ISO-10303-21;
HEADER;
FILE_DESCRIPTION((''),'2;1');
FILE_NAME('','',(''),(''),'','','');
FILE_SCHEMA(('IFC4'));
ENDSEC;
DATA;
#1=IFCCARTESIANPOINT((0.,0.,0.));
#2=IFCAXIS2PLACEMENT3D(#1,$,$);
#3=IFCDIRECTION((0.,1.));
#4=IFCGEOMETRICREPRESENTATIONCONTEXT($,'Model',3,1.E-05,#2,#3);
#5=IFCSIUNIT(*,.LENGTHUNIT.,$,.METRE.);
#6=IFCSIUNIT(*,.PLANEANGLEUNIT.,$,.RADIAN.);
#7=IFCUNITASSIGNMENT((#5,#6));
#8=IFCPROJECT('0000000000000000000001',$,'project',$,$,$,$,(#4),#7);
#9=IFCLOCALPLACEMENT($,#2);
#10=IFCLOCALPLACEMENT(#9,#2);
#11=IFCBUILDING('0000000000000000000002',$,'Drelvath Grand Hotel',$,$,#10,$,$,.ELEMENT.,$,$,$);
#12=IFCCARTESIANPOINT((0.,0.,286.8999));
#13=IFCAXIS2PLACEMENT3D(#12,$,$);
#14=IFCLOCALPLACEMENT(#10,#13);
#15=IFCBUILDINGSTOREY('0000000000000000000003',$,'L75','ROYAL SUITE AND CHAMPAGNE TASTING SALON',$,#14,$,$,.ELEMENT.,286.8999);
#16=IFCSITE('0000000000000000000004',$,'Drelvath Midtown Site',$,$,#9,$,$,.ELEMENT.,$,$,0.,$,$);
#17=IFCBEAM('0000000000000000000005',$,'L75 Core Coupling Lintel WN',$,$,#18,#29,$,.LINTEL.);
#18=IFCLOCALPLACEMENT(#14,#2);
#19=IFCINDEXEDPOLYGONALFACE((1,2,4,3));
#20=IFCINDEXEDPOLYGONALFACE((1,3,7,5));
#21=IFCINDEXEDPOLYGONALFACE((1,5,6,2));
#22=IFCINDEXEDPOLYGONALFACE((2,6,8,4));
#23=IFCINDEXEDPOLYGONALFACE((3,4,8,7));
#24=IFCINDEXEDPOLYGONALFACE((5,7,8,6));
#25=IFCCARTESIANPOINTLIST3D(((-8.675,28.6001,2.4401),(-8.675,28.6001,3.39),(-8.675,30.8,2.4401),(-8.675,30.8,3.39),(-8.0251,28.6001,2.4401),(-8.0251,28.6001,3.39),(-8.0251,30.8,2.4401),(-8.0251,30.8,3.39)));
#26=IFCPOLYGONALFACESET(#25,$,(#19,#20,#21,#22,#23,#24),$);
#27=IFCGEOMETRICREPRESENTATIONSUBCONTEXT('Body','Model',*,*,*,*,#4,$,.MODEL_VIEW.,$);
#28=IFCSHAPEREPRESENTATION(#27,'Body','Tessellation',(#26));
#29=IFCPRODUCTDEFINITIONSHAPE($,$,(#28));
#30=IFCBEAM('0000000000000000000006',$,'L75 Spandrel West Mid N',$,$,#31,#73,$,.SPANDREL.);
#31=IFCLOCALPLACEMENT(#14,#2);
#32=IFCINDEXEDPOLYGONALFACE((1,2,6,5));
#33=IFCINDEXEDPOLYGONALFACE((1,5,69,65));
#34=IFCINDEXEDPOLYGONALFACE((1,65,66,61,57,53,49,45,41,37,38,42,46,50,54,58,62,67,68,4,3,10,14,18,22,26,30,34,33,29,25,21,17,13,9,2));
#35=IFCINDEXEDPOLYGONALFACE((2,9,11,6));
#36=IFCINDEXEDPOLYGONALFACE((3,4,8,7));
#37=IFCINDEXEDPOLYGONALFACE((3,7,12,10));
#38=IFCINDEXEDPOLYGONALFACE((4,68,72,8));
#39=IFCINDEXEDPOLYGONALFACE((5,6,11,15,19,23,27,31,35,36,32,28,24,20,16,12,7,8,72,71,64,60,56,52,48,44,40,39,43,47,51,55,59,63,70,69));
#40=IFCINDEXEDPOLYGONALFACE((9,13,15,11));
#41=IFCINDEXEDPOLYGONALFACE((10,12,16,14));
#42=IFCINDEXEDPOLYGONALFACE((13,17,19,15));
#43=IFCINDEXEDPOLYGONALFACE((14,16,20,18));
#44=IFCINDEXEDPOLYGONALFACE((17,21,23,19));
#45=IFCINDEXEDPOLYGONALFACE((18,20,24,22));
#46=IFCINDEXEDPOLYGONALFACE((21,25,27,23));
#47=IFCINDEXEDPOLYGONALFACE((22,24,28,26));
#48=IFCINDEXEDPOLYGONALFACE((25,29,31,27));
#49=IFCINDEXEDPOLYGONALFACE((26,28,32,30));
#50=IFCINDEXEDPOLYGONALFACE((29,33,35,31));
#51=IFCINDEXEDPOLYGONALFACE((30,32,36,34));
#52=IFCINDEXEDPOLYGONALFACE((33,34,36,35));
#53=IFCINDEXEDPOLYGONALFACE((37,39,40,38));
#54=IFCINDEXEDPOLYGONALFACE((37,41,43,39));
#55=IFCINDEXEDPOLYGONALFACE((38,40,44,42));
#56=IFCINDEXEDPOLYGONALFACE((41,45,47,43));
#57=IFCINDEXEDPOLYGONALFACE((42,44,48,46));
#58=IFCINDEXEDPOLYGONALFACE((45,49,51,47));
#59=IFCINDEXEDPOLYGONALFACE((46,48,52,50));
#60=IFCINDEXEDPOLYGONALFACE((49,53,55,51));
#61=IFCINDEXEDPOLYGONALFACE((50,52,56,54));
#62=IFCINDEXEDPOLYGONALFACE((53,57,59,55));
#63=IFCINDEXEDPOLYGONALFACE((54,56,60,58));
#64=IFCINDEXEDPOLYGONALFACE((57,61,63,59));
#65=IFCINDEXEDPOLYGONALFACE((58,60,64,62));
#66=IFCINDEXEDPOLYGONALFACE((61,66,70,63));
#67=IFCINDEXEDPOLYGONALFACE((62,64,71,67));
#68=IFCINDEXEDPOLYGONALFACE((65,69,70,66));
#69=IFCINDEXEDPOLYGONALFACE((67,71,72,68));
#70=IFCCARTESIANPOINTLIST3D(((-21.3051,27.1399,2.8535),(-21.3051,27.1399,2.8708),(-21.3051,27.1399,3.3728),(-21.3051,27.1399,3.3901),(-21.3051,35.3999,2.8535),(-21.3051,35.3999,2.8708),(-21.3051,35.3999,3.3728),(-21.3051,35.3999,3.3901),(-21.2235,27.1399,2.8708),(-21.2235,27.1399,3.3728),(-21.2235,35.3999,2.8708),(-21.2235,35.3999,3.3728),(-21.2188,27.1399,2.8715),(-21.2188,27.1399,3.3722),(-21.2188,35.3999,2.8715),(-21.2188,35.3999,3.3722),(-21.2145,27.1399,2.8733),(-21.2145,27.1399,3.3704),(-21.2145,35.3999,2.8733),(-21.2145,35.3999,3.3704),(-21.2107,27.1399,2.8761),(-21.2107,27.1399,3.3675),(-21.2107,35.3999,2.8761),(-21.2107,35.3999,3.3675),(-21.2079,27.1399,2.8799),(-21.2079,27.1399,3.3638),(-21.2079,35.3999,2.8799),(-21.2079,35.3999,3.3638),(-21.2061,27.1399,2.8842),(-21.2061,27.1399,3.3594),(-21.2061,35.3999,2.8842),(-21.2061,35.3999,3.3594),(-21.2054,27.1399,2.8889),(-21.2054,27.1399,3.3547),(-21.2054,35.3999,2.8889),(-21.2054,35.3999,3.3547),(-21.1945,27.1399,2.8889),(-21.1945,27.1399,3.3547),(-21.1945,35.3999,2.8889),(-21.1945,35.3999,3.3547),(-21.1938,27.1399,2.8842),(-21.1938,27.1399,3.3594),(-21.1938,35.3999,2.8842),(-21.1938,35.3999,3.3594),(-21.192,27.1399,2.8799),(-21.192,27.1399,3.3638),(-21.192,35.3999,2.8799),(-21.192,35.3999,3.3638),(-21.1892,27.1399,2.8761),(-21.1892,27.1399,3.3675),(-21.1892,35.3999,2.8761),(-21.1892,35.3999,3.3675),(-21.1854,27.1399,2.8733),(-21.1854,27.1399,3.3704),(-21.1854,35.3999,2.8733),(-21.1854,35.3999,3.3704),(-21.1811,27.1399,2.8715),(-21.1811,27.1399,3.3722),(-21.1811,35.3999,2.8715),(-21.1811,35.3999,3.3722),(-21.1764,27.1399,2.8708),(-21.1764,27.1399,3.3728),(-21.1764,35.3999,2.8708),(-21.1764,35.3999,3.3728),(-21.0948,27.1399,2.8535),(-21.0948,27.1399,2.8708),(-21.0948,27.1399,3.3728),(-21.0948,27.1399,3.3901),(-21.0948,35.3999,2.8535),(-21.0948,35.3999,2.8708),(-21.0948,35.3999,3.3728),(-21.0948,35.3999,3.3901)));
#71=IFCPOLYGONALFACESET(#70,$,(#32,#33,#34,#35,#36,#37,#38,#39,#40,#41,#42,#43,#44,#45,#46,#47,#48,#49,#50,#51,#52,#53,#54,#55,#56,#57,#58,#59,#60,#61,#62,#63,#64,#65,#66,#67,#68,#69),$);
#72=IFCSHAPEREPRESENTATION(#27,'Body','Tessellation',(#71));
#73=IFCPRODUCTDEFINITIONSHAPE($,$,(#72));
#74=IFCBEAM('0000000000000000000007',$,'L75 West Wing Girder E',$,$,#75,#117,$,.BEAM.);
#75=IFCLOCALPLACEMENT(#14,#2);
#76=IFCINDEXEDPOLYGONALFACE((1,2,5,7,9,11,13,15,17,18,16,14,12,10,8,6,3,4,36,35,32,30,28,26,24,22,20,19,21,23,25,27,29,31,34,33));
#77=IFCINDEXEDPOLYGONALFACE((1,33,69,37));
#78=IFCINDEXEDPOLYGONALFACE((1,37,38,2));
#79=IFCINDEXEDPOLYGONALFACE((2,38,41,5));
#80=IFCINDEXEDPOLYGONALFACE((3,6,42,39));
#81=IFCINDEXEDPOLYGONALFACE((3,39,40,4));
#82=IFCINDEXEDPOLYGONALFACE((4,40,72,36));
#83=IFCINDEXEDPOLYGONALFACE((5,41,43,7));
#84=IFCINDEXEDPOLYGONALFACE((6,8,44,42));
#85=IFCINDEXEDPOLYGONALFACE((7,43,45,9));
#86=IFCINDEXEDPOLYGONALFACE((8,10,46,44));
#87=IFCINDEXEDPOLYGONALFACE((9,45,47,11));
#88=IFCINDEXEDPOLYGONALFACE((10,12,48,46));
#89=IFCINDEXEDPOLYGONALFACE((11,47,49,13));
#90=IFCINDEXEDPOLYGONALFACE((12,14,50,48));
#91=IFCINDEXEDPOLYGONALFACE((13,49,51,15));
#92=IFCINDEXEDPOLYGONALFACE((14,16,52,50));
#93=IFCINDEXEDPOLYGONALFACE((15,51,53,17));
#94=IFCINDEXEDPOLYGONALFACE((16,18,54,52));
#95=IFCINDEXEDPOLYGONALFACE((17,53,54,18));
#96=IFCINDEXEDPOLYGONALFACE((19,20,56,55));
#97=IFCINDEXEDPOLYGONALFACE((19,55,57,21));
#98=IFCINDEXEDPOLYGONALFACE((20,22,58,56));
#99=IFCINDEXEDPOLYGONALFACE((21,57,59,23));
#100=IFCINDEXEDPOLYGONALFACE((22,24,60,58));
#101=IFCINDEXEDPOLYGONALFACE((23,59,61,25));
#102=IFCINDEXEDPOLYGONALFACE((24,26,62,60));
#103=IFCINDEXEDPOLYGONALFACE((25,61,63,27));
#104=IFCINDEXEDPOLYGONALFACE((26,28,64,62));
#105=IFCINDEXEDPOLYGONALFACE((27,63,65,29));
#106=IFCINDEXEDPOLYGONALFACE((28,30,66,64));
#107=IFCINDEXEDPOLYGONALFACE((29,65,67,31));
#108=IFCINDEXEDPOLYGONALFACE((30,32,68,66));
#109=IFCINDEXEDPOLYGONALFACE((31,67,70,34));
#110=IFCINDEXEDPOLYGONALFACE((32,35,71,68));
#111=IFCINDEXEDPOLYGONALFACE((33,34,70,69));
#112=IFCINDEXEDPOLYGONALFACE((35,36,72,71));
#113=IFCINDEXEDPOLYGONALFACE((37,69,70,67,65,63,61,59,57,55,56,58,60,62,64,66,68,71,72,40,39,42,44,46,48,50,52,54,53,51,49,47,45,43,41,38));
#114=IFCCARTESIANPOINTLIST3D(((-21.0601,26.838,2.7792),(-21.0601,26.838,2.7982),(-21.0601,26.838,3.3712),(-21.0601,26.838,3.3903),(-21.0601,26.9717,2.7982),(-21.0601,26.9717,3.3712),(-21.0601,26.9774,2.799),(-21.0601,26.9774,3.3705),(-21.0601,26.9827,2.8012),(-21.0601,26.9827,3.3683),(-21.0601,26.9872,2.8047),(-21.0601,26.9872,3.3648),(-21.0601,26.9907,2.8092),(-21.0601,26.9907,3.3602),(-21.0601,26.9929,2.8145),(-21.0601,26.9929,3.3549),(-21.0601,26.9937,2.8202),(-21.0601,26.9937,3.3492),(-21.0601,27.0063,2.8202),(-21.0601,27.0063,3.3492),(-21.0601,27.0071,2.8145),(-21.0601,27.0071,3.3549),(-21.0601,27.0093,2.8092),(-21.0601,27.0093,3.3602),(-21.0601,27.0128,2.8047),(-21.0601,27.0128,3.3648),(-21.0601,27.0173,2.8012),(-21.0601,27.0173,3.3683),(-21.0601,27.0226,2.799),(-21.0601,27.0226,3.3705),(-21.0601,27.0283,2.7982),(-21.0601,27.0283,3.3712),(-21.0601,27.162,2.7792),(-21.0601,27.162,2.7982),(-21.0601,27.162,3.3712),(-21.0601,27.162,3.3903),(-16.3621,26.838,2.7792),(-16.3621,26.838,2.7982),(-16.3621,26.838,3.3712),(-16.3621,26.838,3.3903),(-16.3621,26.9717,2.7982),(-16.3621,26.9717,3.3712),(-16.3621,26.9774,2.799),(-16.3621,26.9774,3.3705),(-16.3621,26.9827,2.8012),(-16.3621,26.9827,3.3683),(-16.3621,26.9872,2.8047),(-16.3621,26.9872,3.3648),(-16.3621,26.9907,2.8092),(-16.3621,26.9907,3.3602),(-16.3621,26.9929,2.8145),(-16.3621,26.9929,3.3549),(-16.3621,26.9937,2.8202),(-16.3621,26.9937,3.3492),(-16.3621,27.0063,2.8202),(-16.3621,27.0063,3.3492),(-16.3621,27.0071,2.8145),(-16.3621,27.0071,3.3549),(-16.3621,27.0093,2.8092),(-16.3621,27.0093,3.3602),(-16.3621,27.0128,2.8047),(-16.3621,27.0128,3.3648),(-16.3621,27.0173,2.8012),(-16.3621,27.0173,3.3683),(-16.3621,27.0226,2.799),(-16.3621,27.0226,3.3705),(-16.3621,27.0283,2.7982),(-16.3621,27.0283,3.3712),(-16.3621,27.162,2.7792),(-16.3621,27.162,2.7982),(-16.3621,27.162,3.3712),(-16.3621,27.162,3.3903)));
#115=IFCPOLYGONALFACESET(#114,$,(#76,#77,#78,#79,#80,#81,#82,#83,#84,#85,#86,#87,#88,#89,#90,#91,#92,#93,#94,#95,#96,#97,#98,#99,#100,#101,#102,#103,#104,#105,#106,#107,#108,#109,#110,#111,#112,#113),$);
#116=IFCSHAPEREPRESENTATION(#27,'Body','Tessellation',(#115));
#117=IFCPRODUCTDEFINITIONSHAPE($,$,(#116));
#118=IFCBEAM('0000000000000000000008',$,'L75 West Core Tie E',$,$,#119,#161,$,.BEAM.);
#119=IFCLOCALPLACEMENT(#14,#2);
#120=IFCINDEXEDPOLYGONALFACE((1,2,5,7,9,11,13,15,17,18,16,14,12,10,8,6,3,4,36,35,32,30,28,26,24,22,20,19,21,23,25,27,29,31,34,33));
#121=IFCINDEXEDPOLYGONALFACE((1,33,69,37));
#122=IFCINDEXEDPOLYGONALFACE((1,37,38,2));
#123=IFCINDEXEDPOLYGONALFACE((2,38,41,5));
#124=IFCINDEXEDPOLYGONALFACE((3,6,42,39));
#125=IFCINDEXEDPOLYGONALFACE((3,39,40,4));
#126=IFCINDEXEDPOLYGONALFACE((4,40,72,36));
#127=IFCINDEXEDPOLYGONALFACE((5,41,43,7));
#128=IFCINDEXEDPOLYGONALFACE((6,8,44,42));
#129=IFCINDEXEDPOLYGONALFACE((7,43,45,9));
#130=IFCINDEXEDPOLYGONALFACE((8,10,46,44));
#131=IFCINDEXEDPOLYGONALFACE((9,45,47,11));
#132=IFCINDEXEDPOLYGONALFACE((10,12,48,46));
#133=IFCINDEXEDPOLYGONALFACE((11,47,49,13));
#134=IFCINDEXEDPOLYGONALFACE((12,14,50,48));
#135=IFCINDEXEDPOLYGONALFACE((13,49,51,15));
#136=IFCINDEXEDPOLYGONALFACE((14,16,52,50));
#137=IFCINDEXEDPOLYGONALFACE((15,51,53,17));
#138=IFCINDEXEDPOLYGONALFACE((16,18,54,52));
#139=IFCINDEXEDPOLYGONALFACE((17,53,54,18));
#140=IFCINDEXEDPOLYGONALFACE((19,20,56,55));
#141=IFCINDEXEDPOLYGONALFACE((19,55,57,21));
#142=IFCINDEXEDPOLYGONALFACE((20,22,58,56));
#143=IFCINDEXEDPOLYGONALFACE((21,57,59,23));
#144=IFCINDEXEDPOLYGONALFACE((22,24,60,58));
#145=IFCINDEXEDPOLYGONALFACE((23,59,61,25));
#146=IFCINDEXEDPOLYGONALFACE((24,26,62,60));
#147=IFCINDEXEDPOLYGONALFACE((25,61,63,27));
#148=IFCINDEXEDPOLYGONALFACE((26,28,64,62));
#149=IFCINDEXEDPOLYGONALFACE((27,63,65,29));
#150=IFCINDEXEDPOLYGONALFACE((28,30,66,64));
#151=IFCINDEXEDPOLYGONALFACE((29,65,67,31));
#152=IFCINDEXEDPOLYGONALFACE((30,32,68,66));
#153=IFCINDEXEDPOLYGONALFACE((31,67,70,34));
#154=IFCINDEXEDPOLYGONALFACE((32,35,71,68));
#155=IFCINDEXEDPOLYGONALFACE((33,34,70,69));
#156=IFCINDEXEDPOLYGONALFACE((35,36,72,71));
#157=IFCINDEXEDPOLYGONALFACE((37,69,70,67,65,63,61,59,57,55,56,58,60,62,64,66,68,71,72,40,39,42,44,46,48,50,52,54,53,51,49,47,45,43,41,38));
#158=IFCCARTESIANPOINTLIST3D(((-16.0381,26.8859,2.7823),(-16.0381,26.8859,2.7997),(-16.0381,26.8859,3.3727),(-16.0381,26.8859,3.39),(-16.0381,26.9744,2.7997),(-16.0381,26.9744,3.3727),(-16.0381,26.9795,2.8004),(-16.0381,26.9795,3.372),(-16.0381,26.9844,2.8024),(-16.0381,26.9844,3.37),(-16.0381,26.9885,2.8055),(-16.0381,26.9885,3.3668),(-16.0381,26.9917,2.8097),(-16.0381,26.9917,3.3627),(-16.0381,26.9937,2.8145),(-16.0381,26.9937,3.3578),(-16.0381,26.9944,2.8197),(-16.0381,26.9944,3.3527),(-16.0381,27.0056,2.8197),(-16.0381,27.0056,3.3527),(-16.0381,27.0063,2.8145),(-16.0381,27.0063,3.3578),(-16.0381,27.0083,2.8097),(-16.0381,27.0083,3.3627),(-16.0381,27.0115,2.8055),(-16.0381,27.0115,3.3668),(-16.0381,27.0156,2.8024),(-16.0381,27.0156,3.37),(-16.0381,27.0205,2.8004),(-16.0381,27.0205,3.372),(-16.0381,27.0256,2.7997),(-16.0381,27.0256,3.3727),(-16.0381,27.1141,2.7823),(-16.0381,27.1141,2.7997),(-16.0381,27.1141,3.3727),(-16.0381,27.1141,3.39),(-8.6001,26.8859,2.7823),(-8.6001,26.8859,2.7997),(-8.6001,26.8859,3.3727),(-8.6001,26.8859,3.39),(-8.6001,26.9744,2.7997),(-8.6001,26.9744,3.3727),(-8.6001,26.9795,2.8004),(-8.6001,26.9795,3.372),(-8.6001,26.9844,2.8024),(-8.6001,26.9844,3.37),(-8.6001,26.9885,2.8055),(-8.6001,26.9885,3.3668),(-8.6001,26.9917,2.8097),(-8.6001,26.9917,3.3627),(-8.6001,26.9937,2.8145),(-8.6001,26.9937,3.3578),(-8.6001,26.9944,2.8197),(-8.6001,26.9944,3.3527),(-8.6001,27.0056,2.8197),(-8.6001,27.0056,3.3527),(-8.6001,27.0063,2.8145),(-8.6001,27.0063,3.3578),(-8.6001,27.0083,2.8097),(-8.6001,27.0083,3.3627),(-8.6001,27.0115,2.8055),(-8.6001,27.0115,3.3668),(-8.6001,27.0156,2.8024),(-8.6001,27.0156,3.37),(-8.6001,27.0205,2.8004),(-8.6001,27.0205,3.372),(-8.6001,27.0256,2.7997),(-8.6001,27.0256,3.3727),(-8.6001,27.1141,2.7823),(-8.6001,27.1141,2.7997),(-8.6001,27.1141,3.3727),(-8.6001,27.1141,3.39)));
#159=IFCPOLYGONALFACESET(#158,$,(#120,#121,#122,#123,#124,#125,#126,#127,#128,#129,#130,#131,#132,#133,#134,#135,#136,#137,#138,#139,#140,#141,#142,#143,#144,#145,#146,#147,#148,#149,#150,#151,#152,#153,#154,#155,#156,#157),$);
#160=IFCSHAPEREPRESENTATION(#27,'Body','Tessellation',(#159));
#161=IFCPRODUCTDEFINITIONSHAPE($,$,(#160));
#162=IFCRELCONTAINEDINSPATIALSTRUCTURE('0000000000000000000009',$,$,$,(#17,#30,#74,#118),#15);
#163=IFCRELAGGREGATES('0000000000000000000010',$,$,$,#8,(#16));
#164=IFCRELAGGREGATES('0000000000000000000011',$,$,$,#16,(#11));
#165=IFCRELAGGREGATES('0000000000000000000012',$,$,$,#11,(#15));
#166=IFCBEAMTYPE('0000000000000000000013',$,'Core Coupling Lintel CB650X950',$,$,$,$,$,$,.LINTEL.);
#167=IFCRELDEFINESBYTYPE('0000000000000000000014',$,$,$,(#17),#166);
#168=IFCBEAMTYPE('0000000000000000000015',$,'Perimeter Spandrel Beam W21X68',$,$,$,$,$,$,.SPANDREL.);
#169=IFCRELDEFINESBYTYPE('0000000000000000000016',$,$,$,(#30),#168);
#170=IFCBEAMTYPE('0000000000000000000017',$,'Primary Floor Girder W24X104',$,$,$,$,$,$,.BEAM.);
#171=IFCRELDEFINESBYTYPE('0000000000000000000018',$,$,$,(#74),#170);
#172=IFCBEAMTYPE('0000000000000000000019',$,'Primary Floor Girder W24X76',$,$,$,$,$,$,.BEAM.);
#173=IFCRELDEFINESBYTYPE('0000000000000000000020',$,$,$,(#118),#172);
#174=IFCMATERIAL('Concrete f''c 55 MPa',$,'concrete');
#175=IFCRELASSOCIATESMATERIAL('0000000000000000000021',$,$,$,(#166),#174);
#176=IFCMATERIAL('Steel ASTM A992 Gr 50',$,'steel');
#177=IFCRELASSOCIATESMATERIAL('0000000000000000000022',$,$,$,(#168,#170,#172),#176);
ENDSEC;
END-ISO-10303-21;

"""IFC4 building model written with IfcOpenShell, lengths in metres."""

from ifc_helpers import new_model, si_unit, direction, frame, origin, origin_2d, place, context, subcontext, project, spatial, rectangle, i_section, extrude, material, material_profile, profile_set, type_object, element, save


model = new_model("IFC4")

# Units and contexts
model_context = context("Model", 3, precision=1e-05, world=origin(), true_north=direction((0.0, 1.0)))
body_context = subcontext(model_context, "Body", "Model", "MODEL_VIEW")
ifc_project = project(units=[si_unit("LENGTHUNIT", "METRE"), si_unit("PLANEANGLEUNIT", "RADIAN")], contexts=[model_context])

# Site, building, storey
site_placement = place(None, origin())
site = spatial("IfcSite", under=ifc_project, at=site_placement, Name="Drelvath Midtown Site", CompositionType="ELEMENT", RefElevation=0.0)
building_placement = place(site_placement, origin())
building = spatial("IfcBuilding", under=site, at=building_placement, Name="Drelvath Grand Hotel", CompositionType="ELEMENT")
storey_placement = place(building_placement, frame((0.0, 0.0, 286.8999)))
storey = spatial("IfcBuildingStorey", under=building, at=storey_placement, Name="L75", Description="ROYAL SUITE AND CHAMPAGNE TASTING SALON", CompositionType="ELEMENT", Elevation=286.8999)

# Beams
ifc_material_1 = material(Name="Concrete f'c 55 MPa", Category="concrete")
ifc_material_profile_1 = material_profile(ifc_material_1, rectangle(XDim=0.6499, YDim=0.95, at=origin_2d()), Name="CB650X950")
ifc_profile_set_1 = profile_set([ifc_material_profile_1], Name="Concrete f'c 55 MPa")
beam_type_1 = type_object("IfcBeamType", Name="Core Coupling Lintel CB650X950", PredefinedType="LINTEL", material=ifc_profile_set_1)
beam_1_placement = place(storey_placement, frame((-8.3501, 28.6001, 2.915), z_axis=(0.0, 1.0, 0.0), x_axis=(-1.0, 0.0, 0.0)))
element("IfcBeam", 1, at=beam_1_placement, inside=storey, type_object=beam_type_1, Name="L75 Core Coupling Lintel WN", PredefinedType="LINTEL", context=body_context, shape_type="SweptSolid", body=[
    extrude(rectangle(XDim=0.6499, YDim=0.95, at=origin_2d()), origin(), (0.0, 0.0, 1.0), 2.2),
])
ifc_material_2 = material(Name="Steel ASTM A992 Gr 50", Category="steel")
ifc_material_profile_2 = material_profile(ifc_material_2, i_section(OverallWidth=0.2102, OverallDepth=0.5366, WebThickness=0.011, FlangeThickness=0.0173, FilletRadius=0.0181, at=origin_2d()), Name="W21X68")
ifc_profile_set_2 = profile_set([ifc_material_profile_2], Name="Steel ASTM A992 Gr 50")
beam_type_2 = type_object("IfcBeamType", Name="Perimeter Spandrel Beam W21X68", PredefinedType="SPANDREL", material=ifc_profile_set_2)
beam_2_placement = place(storey_placement, frame((-21.2, 27.1399, 3.1218), z_axis=(0.0, 1.0, 0.0), x_axis=(-1.0, 0.0, 0.0)))
element("IfcBeam", 2, at=beam_2_placement, inside=storey, type_object=beam_type_2, Name="L75 Spandrel West Mid N", PredefinedType="SPANDREL", context=body_context, shape_type="SweptSolid", body=[
    extrude(i_section(OverallWidth=0.2102, OverallDepth=0.5366, WebThickness=0.011, FlangeThickness=0.0173, FilletRadius=0.0181, at=origin_2d()), origin(), (0.0, 0.0, 1.0), 8.26),
])
ifc_material_profile_3 = material_profile(ifc_material_2, i_section(OverallWidth=0.324, OverallDepth=0.6111, WebThickness=0.0127, FlangeThickness=0.019, FilletRadius=0.022, at=origin_2d()), Name="W24X104")
ifc_profile_set_3 = profile_set([ifc_material_profile_3], Name="Steel ASTM A992 Gr 50")
beam_type_3 = type_object("IfcBeamType", Name="Primary Floor Girder W24X104", PredefinedType="BEAM", material=ifc_profile_set_3)
beam_3_placement = place(storey_placement, frame((-21.0601, 27.0, 3.0847), z_axis=(1.0, 0.0, 0.0), x_axis=(0.0, 1.0, 0.0)))
element("IfcBeam", 3, at=beam_3_placement, inside=storey, type_object=beam_type_3, Name="L75 West Wing Girder E", PredefinedType="BEAM", context=body_context, shape_type="SweptSolid", body=[
    extrude(i_section(OverallWidth=0.324, OverallDepth=0.6111, WebThickness=0.0127, FlangeThickness=0.019, FilletRadius=0.022, at=origin_2d()), origin(), (0.0, 0.0, 1.0), 4.698),
])
ifc_material_profile_4 = material_profile(ifc_material_2, i_section(OverallWidth=0.2283, OverallDepth=0.6077, WebThickness=0.0112, FlangeThickness=0.0173, FilletRadius=0.02, at=origin_2d()), Name="W24X76")
ifc_profile_set_4 = profile_set([ifc_material_profile_4], Name="Steel ASTM A992 Gr 50")
beam_type_4 = type_object("IfcBeamType", Name="Primary Floor Girder W24X76", PredefinedType="BEAM", material=ifc_profile_set_4)
for number, where, z_axis, x_axis, name in (
    (4, (-16.0381, 27.0, 3.0862), (1.0, 0.0, 0.0), (0.0, 1.0, 0.0), "L75 West Core Tie E"),
):
    element("IfcBeam", number, at=place(storey_placement, frame(where, z_axis=z_axis, x_axis=x_axis)), inside=storey, type_object=beam_type_4, Name=name, PredefinedType="BEAM", context=body_context, shape_type="SweptSolid", body=[
        extrude(i_section(OverallWidth=0.2283, OverallDepth=0.6077, WebThickness=0.0112, FlangeThickness=0.0173, FilletRadius=0.02, at=origin_2d()), origin(), (0.0, 0.0, 1.0), 7.438),
    ])

save(model, "model.ifc")
